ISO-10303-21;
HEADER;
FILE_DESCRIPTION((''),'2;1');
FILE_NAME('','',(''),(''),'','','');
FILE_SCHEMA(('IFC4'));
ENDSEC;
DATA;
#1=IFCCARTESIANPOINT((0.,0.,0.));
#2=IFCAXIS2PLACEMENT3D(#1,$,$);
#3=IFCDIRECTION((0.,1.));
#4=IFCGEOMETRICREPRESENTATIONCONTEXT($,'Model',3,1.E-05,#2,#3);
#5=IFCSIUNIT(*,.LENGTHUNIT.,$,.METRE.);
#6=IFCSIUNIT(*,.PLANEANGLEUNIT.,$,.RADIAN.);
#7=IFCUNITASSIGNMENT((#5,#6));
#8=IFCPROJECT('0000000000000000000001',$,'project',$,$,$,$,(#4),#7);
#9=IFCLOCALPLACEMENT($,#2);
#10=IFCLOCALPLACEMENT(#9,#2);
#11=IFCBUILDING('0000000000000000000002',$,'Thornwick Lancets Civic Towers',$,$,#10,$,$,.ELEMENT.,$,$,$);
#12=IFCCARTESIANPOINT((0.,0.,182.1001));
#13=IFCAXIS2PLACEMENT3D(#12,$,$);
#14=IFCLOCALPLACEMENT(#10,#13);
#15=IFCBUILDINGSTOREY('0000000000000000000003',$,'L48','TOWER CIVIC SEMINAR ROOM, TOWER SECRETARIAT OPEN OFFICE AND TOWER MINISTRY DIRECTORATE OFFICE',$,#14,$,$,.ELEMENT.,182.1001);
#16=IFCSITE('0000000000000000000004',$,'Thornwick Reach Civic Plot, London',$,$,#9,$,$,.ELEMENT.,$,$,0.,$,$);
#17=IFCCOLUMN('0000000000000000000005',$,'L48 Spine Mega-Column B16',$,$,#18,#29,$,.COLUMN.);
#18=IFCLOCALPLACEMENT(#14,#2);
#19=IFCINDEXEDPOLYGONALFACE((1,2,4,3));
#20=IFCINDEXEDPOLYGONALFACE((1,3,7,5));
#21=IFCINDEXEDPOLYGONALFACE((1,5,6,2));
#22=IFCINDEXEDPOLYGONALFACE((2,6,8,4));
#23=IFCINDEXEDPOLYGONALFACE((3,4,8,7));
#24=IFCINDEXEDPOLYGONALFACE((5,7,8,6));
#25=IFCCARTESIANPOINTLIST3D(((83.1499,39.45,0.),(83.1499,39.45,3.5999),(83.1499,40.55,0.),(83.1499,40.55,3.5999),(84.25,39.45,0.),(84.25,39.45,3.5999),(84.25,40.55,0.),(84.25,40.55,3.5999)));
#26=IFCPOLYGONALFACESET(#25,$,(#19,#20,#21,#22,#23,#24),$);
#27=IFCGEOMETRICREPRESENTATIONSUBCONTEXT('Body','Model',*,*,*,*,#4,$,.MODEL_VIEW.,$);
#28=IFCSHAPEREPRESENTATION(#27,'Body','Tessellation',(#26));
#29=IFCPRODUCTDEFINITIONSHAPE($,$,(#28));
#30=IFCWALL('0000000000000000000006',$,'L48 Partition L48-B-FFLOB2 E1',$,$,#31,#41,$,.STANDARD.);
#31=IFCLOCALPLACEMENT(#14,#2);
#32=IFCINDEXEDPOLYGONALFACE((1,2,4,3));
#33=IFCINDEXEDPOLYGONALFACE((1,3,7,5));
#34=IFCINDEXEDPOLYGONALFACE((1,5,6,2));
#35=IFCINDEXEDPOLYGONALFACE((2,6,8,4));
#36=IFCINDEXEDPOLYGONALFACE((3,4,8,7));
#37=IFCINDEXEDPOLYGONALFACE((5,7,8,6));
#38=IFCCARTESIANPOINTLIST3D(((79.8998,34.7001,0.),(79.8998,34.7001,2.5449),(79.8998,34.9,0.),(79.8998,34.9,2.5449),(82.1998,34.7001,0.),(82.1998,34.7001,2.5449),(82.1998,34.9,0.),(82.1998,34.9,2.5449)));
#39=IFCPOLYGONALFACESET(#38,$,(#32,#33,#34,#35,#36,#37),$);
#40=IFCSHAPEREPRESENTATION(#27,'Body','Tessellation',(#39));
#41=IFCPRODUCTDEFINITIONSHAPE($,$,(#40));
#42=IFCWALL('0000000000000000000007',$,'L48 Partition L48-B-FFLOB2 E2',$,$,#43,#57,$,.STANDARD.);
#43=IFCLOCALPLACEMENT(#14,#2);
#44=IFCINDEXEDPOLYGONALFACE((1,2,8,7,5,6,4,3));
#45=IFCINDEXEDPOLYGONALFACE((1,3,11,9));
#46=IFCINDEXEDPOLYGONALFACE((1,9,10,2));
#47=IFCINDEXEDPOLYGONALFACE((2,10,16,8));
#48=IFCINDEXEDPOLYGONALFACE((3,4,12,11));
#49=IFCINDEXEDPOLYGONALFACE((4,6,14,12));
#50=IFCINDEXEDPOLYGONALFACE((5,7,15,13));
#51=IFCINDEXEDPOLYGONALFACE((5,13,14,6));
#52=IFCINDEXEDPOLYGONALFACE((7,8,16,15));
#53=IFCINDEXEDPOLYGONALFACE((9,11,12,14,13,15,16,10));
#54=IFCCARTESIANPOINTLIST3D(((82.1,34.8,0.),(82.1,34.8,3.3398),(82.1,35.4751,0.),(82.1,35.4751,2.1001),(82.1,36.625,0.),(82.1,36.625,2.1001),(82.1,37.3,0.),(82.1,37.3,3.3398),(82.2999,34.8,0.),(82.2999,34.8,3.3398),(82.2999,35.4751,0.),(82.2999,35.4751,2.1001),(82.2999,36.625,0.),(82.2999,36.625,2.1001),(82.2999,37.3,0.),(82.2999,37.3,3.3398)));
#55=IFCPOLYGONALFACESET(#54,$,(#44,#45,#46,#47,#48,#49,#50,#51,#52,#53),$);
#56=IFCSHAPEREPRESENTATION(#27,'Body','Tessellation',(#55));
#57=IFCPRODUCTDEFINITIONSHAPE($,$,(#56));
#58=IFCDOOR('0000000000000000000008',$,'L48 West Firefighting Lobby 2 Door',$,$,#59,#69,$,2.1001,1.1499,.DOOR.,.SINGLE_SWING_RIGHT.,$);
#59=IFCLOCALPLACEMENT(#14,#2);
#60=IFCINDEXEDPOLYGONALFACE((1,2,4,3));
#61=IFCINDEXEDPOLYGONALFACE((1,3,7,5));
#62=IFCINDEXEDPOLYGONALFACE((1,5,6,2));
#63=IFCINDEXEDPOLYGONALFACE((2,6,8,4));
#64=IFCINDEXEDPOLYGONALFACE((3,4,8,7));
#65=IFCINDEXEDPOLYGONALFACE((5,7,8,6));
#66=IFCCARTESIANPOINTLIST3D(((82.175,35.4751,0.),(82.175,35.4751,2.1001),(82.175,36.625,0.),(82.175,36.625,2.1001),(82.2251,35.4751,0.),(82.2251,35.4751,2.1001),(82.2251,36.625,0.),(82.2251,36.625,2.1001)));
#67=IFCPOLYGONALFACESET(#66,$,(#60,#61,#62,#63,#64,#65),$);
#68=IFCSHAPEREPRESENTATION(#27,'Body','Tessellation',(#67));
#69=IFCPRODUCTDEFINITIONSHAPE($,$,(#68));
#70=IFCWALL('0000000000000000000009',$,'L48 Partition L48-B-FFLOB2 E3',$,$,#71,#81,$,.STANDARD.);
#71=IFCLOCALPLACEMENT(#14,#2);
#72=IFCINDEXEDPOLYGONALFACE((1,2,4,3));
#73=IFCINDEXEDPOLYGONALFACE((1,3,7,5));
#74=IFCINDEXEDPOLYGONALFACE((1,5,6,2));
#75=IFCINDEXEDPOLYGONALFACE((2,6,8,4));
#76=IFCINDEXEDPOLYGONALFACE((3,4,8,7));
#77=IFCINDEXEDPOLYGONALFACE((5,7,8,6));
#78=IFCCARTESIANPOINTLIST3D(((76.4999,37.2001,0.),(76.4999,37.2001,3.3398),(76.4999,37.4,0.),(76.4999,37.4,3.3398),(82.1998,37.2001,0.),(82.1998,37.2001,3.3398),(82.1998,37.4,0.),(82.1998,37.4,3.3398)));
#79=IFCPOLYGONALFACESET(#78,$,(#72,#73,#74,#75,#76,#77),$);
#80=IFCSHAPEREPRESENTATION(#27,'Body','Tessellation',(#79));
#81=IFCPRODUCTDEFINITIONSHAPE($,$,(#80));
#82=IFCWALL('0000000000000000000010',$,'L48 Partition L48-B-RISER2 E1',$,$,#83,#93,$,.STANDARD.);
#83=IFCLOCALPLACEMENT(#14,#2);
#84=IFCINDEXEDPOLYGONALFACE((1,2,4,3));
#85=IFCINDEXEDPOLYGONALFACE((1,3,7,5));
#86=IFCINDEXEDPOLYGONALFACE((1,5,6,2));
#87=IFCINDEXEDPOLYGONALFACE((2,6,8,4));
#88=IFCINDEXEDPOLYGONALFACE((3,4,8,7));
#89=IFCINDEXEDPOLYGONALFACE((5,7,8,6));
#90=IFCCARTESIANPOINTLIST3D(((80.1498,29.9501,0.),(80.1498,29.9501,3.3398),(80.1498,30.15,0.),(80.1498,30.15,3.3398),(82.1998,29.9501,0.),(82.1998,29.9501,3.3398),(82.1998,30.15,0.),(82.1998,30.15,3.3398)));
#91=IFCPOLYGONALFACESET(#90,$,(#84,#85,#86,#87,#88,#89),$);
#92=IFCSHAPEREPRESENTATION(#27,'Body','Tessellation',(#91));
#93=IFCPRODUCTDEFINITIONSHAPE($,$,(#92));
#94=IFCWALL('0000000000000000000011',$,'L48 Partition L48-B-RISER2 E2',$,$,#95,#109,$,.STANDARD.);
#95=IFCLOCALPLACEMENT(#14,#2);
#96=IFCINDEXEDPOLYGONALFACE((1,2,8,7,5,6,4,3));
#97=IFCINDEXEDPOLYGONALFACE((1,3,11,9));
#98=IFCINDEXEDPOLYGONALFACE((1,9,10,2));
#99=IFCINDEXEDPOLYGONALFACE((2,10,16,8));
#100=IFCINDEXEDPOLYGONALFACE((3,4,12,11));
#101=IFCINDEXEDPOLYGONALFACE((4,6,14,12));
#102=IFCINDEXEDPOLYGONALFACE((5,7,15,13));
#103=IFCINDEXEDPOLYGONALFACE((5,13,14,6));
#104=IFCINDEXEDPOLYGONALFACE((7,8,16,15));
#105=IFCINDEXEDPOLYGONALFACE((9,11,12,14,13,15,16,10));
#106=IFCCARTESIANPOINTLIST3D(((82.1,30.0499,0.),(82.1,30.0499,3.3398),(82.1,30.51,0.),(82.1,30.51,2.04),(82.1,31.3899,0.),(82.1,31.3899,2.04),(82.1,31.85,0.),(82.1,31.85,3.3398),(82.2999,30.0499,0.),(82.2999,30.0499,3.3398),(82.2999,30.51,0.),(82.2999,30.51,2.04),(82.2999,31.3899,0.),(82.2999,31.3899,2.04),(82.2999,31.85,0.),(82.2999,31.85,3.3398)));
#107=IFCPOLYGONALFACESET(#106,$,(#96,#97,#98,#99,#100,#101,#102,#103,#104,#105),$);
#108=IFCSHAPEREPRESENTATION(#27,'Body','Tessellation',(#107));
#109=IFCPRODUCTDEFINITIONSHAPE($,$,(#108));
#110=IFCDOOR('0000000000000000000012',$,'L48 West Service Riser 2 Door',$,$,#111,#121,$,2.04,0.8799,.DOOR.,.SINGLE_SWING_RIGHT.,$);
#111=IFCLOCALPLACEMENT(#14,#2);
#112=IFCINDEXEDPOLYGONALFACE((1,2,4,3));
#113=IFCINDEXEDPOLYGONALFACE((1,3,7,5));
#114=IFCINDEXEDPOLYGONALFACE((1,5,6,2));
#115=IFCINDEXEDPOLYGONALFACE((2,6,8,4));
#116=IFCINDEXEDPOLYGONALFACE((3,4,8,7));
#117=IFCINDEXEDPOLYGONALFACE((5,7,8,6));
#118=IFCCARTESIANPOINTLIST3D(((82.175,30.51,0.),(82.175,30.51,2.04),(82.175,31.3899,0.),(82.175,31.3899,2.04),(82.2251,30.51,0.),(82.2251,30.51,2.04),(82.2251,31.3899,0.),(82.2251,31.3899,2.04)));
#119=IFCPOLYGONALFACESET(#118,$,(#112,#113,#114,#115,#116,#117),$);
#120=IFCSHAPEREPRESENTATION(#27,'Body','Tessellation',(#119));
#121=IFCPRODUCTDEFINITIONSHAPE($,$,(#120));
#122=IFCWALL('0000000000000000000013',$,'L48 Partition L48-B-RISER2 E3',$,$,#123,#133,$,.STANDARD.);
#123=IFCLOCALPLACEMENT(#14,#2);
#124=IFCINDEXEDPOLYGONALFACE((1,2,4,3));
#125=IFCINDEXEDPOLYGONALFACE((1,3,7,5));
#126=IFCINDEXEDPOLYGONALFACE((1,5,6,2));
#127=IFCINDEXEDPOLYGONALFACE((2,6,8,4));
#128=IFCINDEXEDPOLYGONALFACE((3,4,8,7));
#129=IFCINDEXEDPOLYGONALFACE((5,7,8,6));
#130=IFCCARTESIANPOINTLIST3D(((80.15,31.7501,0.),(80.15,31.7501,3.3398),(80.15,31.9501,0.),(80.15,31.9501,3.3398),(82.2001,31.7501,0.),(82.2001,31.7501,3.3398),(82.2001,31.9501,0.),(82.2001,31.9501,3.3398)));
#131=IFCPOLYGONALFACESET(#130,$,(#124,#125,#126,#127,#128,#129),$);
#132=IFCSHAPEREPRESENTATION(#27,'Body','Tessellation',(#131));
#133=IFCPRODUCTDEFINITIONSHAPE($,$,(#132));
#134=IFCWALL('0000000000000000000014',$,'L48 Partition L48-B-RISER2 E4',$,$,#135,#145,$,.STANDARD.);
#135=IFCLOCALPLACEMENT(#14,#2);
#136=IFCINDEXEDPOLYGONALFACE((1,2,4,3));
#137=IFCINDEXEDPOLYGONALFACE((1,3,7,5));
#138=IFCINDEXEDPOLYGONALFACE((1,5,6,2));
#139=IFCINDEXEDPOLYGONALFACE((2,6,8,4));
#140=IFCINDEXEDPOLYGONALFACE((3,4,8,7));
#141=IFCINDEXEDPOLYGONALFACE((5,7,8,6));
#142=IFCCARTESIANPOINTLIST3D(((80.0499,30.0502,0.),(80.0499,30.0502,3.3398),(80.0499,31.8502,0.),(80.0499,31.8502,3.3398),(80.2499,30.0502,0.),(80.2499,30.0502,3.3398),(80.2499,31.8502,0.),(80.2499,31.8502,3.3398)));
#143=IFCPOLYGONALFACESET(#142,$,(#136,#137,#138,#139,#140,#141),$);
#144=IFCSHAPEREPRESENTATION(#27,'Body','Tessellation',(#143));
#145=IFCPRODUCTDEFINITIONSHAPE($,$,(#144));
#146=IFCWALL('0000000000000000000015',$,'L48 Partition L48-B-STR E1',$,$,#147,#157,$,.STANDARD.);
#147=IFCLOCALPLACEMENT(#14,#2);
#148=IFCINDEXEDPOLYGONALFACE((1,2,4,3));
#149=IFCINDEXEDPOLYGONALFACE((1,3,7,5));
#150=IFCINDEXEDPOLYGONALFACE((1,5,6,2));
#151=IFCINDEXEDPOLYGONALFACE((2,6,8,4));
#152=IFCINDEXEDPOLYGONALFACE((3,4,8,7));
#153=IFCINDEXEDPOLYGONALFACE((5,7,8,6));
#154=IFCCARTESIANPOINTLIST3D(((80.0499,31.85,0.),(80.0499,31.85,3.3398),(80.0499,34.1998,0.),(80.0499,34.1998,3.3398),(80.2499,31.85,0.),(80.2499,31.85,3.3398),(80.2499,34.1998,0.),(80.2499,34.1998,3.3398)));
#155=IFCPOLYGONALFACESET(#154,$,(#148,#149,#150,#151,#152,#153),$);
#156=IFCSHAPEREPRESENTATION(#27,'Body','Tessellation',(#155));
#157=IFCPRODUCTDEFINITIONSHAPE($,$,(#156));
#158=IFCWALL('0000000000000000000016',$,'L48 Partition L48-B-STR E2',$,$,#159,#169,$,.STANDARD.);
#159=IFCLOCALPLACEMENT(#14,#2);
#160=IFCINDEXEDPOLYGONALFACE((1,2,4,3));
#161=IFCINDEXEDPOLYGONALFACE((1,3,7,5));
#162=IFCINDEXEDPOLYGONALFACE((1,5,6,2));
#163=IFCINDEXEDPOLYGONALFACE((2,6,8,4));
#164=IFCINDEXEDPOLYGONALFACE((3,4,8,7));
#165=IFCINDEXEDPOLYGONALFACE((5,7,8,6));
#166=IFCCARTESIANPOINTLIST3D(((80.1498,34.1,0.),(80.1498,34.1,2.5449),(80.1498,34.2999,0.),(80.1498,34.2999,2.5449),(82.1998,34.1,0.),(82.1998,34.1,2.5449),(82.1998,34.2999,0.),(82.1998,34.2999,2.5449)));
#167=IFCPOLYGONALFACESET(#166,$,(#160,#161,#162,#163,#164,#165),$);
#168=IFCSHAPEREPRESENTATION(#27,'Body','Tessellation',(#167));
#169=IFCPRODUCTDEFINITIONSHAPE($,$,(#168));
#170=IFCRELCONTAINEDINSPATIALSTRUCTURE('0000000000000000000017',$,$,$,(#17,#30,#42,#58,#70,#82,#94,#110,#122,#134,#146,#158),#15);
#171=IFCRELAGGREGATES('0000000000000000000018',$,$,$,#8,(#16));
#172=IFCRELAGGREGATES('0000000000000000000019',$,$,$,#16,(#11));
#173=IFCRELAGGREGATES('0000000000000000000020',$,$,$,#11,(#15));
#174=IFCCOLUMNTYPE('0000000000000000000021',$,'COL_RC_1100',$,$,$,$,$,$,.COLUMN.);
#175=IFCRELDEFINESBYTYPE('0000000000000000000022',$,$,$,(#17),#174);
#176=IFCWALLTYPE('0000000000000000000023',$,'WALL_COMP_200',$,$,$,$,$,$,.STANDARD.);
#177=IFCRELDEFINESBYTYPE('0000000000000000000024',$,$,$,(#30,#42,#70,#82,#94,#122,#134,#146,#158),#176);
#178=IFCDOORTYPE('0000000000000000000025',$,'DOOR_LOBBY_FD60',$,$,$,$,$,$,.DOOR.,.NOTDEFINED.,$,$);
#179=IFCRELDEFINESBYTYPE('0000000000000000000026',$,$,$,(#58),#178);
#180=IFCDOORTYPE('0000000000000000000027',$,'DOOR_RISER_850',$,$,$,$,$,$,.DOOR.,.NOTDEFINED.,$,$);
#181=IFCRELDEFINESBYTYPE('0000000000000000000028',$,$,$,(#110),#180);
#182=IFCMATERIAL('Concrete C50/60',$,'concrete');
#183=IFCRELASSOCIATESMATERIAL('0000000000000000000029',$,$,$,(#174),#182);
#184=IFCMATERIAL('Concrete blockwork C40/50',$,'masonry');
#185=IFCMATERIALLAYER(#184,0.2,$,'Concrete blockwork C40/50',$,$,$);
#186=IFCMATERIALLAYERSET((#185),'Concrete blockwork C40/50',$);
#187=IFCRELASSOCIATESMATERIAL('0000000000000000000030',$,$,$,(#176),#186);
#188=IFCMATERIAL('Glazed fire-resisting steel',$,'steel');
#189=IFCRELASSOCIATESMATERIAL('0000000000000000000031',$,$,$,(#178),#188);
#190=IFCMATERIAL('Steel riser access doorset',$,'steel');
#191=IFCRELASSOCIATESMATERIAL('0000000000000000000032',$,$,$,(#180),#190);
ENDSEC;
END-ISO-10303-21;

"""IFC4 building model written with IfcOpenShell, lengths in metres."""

from ifc_helpers import new_model, si_unit, direction, frame, frame_2d, origin, origin_2d, place, context, subcontext, project, spatial, rectangle, extrude, material, layer, layer_set, material_profile, profile_set, type_object, element, fill, save


model = new_model("IFC4")

# Units and contexts
model_context = context("Model", 3, precision=1e-05, world=origin(), true_north=direction((0.0, 1.0)))
body_context = subcontext(model_context, "Body", "Model", "MODEL_VIEW")
ifc_project = project(units=[si_unit("LENGTHUNIT", "METRE"), si_unit("PLANEANGLEUNIT", "RADIAN")], contexts=[model_context])

# Site, building, storey
site_placement = place(None, origin())
site = spatial("IfcSite", under=ifc_project, at=site_placement, Name="Thornwick Reach Civic Plot, London", CompositionType="ELEMENT", RefElevation=0.0)
building_placement = place(site_placement, origin())
building = spatial("IfcBuilding", under=site, at=building_placement, Name="Thornwick Lancets Civic Towers", CompositionType="ELEMENT")
storey_placement = place(building_placement, frame((0.0, 0.0, 182.1001)))
storey = spatial("IfcBuildingStorey", under=building, at=storey_placement, Name="L48", Description="TOWER CIVIC SEMINAR ROOM, TOWER SECRETARIAT OPEN OFFICE AND TOWER MINISTRY DIRECTORATE OFFICE", CompositionType="ELEMENT", Elevation=182.1001)

# Column
ifc_material_1 = material(Name="Concrete C50/60", Category="concrete")
ifc_material_profile = material_profile(ifc_material_1, rectangle(XDim=1.1001, YDim=1.1001, at=origin_2d()), Name="RC 1100x1100")
ifc_profile_set = profile_set([ifc_material_profile], Name="Concrete C50/60")
column_type = type_object("IfcColumnType", Name="COL_RC_1100", PredefinedType="COLUMN", material=ifc_profile_set)
column_placement = place(storey_placement, frame((83.7, 40.0, 0.0), z_axis=(0.0, 0.0, 1.0), x_axis=(1.0, 0.0, 0.0)))
element("IfcColumn", 1, at=column_placement, inside=storey, type_object=column_type, Name="L48 Spine Mega-Column B16", PredefinedType="COLUMN", context=body_context, shape_type="SweptSolid", body=[
    extrude(rectangle(XDim=1.1001, YDim=1.1001, at=origin_2d()), origin(), (0.0, 0.0, 1.0), 3.5999),
])

# Wall
ifc_material_2 = material(Name="Concrete blockwork C40/50", Category="masonry")
ifc_layer_1 = layer(ifc_material_2, 0.2, Name="Concrete blockwork C40/50")
ifc_layer_set_1 = layer_set([ifc_layer_1], Name="Concrete blockwork C40/50")
wall_type_1 = type_object("IfcWallType", Name="WALL_COMP_200", PredefinedType="STANDARD", material=ifc_layer_set_1)
wall_1_placement = place(storey_placement, frame((79.8999, 34.8, 0.0), z_axis=(0.0, 0.0, 1.0), x_axis=(1.0, 0.0, 0.0)))
element("IfcWall", 2, at=wall_1_placement, inside=storey, type_object=wall_type_1, Name="L48 Partition L48-B-FFLOB2 E1", PredefinedType="STANDARD", context=body_context, shape_type="SweptSolid", body=[
    extrude(rectangle(XDim=2.3, YDim=0.2, at=frame_2d((1.1499, 0.0))), origin(), (0.0, 0.0, 1.0), 2.5449),
])

# Wall, opening, door
wall_2_placement = place(storey_placement, frame((82.2, 34.8, 0.0), z_axis=(0.0, 0.0, 1.0), x_axis=(0.0, 1.0, 0.0)))
wall_2 = element("IfcWall", 3, at=wall_2_placement, inside=storey, type_object=wall_type_1, Name="L48 Partition L48-B-FFLOB2 E2", PredefinedType="STANDARD", context=body_context, shape_type="SweptSolid", body=[
    extrude(rectangle(XDim=2.5, YDim=0.2, at=frame_2d((1.25, 0.0))), origin(), (0.0, 0.0, 1.0), 3.3398),
])
opening_1_placement = place(wall_2_placement, frame((0.675, 0.0, 0.0)))
opening_1 = element("IfcOpeningElement", 4, at=opening_1_placement, cuts=wall_2, PredefinedType="OPENING", context=body_context, shape_type="SweptSolid", body=[
    extrude(rectangle(XDim=1.1499, YDim=2.1001, at=frame_2d((0.575, 1.05))), frame((0.0, 0.1099, 0.0), z_axis=(0.0, -1.0, 0.0), x_axis=(1.0, 0.0, 0.0)), (0.0, 0.0, 1.0), 0.22),
])
ifc_material_3 = material(Name="Glazed fire-resisting steel", Category="steel")
door_type_1 = type_object("IfcDoorType", Name="DOOR_LOBBY_FD60", OperationType="NOTDEFINED", PredefinedType="DOOR", material=ifc_material_3)
door_1_placement = place(opening_1_placement, origin())
door_1 = element("IfcDoor", 5, at=door_1_placement, inside=storey, type_object=door_type_1, Name="L48 West Firefighting Lobby 2 Door", OperationType="SINGLE_SWING_RIGHT", OverallHeight=2.1001, OverallWidth=1.1499, PredefinedType="DOOR", context=body_context, shape_type="SweptSolid", body=[
    extrude(rectangle(XDim=1.1499, YDim=2.1001, at=frame_2d((0.575, 1.05))), frame((0.0, 0.0249, 0.0), z_axis=(0.0, -1.0, 0.0), x_axis=(1.0, 0.0, 0.0)), (0.0, 0.0, 1.0), 0.05),
])
fill(opening_1, door_1)

# Walls
wall_3_placement = place(storey_placement, frame((82.2, 37.3, 0.0), z_axis=(0.0, 0.0, 1.0), x_axis=(-1.0, 0.0, 0.0)))
element("IfcWall", 6, at=wall_3_placement, inside=storey, type_object=wall_type_1, Name="L48 Partition L48-B-FFLOB2 E3", PredefinedType="STANDARD", context=body_context, shape_type="SweptSolid", body=[
    extrude(rectangle(XDim=5.7, YDim=0.2, at=frame_2d((2.8501, 0.0))), origin(), (0.0, 0.0, 1.0), 3.3398),
])
wall_4_placement = place(storey_placement, frame((80.1499, 30.05, 0.0), z_axis=(0.0, 0.0, 1.0), x_axis=(1.0, 0.0, 0.0)))
element("IfcWall", 7, at=wall_4_placement, inside=storey, type_object=wall_type_1, Name="L48 Partition L48-B-RISER2 E1", PredefinedType="STANDARD", context=body_context, shape_type="SweptSolid", body=[
    extrude(rectangle(XDim=2.05, YDim=0.2, at=frame_2d((1.0249, 0.0))), origin(), (0.0, 0.0, 1.0), 3.3398),
])

# Wall, opening, door
wall_5_placement = place(storey_placement, frame((82.2, 30.05, 0.0), z_axis=(0.0, 0.0, 1.0), x_axis=(0.0, 1.0, 0.0)))
wall_5 = element("IfcWall", 8, at=wall_5_placement, inside=storey, type_object=wall_type_1, Name="L48 Partition L48-B-RISER2 E2", PredefinedType="STANDARD", context=body_context, shape_type="SweptSolid", body=[
    extrude(rectangle(XDim=1.8, YDim=0.2, at=frame_2d((0.8999, 0.0))), origin(), (0.0, 0.0, 1.0), 3.3398),
])
opening_2_placement = place(wall_5_placement, frame((0.46, 0.0, 0.0)))
opening_2 = element("IfcOpeningElement", 9, at=opening_2_placement, cuts=wall_5, PredefinedType="OPENING", context=body_context, shape_type="SweptSolid", body=[
    extrude(rectangle(XDim=0.8799, YDim=2.04, at=frame_2d((0.4399, 1.02))), frame((0.0, 0.1099, 0.0), z_axis=(0.0, -1.0, 0.0), x_axis=(1.0, 0.0, 0.0)), (0.0, 0.0, 1.0), 0.22),
])
ifc_material_4 = material(Name="Steel riser access doorset", Category="steel")
door_type_2 = type_object("IfcDoorType", Name="DOOR_RISER_850", OperationType="NOTDEFINED", PredefinedType="DOOR", material=ifc_material_4)
door_2_placement = place(opening_2_placement, origin())
door_2 = element("IfcDoor", 10, at=door_2_placement, inside=storey, type_object=door_type_2, Name="L48 West Service Riser 2 Door", OperationType="SINGLE_SWING_RIGHT", OverallHeight=2.04, OverallWidth=0.8799, PredefinedType="DOOR", context=body_context, shape_type="SweptSolid", body=[
    extrude(rectangle(XDim=0.8799, YDim=2.04, at=frame_2d((0.4399, 1.02))), frame((0.0, 0.0249, 0.0), z_axis=(0.0, -1.0, 0.0), x_axis=(1.0, 0.0, 0.0)), (0.0, 0.0, 1.0), 0.05),
])
fill(opening_2, door_2)

# Walls
wall_6_placement = place(storey_placement, frame((82.2, 31.8501, 0.0), z_axis=(0.0, 0.0, 1.0), x_axis=(-1.0, 0.0, 0.0)))
element("IfcWall", 11, at=wall_6_placement, inside=storey, type_object=wall_type_1, Name="L48 Partition L48-B-RISER2 E3", PredefinedType="STANDARD", context=body_context, shape_type="SweptSolid", body=[
    extrude(rectangle(XDim=2.05, YDim=0.2, at=frame_2d((1.0249, 0.0))), origin(), (0.0, 0.0, 1.0), 3.3398),
])
wall_7_placement = place(storey_placement, frame((80.1499, 31.8501, 0.0), z_axis=(0.0, 0.0, 1.0), x_axis=(0.0, -1.0, 0.0)))
element("IfcWall", 12, at=wall_7_placement, inside=storey, type_object=wall_type_1, Name="L48 Partition L48-B-RISER2 E4", PredefinedType="STANDARD", context=body_context, shape_type="SweptSolid", body=[
    extrude(rectangle(XDim=1.8, YDim=0.2, at=frame_2d((0.8999, 0.0))), origin(), (0.0, 0.0, 1.0), 3.3398),
])
wall_8_placement = place(storey_placement, frame((80.1499, 31.8501, 0.0), z_axis=(0.0, 0.0, 1.0), x_axis=(0.0, 1.0, 0.0)))
element("IfcWall", 13, at=wall_8_placement, inside=storey, type_object=wall_type_1, Name="L48 Partition L48-B-STR E1", PredefinedType="STANDARD", context=body_context, shape_type="SweptSolid", body=[
    extrude(rectangle(XDim=2.3499, YDim=0.2, at=frame_2d((1.1748, 0.0))), origin(), (0.0, 0.0, 1.0), 3.3398),
])
wall_9_placement = place(storey_placement, frame((80.1499, 34.2, 0.0), z_axis=(0.0, 0.0, 1.0), x_axis=(1.0, 0.0, 0.0)))
element("IfcWall", 14, at=wall_9_placement, inside=storey, type_object=wall_type_1, Name="L48 Partition L48-B-STR E2", PredefinedType="STANDARD", context=body_context, shape_type="SweptSolid", body=[
    extrude(rectangle(XDim=2.05, YDim=0.2, at=frame_2d((1.0249, 0.0))), origin(), (0.0, 0.0, 1.0), 2.5449),
])

save(model, "model.ifc")
